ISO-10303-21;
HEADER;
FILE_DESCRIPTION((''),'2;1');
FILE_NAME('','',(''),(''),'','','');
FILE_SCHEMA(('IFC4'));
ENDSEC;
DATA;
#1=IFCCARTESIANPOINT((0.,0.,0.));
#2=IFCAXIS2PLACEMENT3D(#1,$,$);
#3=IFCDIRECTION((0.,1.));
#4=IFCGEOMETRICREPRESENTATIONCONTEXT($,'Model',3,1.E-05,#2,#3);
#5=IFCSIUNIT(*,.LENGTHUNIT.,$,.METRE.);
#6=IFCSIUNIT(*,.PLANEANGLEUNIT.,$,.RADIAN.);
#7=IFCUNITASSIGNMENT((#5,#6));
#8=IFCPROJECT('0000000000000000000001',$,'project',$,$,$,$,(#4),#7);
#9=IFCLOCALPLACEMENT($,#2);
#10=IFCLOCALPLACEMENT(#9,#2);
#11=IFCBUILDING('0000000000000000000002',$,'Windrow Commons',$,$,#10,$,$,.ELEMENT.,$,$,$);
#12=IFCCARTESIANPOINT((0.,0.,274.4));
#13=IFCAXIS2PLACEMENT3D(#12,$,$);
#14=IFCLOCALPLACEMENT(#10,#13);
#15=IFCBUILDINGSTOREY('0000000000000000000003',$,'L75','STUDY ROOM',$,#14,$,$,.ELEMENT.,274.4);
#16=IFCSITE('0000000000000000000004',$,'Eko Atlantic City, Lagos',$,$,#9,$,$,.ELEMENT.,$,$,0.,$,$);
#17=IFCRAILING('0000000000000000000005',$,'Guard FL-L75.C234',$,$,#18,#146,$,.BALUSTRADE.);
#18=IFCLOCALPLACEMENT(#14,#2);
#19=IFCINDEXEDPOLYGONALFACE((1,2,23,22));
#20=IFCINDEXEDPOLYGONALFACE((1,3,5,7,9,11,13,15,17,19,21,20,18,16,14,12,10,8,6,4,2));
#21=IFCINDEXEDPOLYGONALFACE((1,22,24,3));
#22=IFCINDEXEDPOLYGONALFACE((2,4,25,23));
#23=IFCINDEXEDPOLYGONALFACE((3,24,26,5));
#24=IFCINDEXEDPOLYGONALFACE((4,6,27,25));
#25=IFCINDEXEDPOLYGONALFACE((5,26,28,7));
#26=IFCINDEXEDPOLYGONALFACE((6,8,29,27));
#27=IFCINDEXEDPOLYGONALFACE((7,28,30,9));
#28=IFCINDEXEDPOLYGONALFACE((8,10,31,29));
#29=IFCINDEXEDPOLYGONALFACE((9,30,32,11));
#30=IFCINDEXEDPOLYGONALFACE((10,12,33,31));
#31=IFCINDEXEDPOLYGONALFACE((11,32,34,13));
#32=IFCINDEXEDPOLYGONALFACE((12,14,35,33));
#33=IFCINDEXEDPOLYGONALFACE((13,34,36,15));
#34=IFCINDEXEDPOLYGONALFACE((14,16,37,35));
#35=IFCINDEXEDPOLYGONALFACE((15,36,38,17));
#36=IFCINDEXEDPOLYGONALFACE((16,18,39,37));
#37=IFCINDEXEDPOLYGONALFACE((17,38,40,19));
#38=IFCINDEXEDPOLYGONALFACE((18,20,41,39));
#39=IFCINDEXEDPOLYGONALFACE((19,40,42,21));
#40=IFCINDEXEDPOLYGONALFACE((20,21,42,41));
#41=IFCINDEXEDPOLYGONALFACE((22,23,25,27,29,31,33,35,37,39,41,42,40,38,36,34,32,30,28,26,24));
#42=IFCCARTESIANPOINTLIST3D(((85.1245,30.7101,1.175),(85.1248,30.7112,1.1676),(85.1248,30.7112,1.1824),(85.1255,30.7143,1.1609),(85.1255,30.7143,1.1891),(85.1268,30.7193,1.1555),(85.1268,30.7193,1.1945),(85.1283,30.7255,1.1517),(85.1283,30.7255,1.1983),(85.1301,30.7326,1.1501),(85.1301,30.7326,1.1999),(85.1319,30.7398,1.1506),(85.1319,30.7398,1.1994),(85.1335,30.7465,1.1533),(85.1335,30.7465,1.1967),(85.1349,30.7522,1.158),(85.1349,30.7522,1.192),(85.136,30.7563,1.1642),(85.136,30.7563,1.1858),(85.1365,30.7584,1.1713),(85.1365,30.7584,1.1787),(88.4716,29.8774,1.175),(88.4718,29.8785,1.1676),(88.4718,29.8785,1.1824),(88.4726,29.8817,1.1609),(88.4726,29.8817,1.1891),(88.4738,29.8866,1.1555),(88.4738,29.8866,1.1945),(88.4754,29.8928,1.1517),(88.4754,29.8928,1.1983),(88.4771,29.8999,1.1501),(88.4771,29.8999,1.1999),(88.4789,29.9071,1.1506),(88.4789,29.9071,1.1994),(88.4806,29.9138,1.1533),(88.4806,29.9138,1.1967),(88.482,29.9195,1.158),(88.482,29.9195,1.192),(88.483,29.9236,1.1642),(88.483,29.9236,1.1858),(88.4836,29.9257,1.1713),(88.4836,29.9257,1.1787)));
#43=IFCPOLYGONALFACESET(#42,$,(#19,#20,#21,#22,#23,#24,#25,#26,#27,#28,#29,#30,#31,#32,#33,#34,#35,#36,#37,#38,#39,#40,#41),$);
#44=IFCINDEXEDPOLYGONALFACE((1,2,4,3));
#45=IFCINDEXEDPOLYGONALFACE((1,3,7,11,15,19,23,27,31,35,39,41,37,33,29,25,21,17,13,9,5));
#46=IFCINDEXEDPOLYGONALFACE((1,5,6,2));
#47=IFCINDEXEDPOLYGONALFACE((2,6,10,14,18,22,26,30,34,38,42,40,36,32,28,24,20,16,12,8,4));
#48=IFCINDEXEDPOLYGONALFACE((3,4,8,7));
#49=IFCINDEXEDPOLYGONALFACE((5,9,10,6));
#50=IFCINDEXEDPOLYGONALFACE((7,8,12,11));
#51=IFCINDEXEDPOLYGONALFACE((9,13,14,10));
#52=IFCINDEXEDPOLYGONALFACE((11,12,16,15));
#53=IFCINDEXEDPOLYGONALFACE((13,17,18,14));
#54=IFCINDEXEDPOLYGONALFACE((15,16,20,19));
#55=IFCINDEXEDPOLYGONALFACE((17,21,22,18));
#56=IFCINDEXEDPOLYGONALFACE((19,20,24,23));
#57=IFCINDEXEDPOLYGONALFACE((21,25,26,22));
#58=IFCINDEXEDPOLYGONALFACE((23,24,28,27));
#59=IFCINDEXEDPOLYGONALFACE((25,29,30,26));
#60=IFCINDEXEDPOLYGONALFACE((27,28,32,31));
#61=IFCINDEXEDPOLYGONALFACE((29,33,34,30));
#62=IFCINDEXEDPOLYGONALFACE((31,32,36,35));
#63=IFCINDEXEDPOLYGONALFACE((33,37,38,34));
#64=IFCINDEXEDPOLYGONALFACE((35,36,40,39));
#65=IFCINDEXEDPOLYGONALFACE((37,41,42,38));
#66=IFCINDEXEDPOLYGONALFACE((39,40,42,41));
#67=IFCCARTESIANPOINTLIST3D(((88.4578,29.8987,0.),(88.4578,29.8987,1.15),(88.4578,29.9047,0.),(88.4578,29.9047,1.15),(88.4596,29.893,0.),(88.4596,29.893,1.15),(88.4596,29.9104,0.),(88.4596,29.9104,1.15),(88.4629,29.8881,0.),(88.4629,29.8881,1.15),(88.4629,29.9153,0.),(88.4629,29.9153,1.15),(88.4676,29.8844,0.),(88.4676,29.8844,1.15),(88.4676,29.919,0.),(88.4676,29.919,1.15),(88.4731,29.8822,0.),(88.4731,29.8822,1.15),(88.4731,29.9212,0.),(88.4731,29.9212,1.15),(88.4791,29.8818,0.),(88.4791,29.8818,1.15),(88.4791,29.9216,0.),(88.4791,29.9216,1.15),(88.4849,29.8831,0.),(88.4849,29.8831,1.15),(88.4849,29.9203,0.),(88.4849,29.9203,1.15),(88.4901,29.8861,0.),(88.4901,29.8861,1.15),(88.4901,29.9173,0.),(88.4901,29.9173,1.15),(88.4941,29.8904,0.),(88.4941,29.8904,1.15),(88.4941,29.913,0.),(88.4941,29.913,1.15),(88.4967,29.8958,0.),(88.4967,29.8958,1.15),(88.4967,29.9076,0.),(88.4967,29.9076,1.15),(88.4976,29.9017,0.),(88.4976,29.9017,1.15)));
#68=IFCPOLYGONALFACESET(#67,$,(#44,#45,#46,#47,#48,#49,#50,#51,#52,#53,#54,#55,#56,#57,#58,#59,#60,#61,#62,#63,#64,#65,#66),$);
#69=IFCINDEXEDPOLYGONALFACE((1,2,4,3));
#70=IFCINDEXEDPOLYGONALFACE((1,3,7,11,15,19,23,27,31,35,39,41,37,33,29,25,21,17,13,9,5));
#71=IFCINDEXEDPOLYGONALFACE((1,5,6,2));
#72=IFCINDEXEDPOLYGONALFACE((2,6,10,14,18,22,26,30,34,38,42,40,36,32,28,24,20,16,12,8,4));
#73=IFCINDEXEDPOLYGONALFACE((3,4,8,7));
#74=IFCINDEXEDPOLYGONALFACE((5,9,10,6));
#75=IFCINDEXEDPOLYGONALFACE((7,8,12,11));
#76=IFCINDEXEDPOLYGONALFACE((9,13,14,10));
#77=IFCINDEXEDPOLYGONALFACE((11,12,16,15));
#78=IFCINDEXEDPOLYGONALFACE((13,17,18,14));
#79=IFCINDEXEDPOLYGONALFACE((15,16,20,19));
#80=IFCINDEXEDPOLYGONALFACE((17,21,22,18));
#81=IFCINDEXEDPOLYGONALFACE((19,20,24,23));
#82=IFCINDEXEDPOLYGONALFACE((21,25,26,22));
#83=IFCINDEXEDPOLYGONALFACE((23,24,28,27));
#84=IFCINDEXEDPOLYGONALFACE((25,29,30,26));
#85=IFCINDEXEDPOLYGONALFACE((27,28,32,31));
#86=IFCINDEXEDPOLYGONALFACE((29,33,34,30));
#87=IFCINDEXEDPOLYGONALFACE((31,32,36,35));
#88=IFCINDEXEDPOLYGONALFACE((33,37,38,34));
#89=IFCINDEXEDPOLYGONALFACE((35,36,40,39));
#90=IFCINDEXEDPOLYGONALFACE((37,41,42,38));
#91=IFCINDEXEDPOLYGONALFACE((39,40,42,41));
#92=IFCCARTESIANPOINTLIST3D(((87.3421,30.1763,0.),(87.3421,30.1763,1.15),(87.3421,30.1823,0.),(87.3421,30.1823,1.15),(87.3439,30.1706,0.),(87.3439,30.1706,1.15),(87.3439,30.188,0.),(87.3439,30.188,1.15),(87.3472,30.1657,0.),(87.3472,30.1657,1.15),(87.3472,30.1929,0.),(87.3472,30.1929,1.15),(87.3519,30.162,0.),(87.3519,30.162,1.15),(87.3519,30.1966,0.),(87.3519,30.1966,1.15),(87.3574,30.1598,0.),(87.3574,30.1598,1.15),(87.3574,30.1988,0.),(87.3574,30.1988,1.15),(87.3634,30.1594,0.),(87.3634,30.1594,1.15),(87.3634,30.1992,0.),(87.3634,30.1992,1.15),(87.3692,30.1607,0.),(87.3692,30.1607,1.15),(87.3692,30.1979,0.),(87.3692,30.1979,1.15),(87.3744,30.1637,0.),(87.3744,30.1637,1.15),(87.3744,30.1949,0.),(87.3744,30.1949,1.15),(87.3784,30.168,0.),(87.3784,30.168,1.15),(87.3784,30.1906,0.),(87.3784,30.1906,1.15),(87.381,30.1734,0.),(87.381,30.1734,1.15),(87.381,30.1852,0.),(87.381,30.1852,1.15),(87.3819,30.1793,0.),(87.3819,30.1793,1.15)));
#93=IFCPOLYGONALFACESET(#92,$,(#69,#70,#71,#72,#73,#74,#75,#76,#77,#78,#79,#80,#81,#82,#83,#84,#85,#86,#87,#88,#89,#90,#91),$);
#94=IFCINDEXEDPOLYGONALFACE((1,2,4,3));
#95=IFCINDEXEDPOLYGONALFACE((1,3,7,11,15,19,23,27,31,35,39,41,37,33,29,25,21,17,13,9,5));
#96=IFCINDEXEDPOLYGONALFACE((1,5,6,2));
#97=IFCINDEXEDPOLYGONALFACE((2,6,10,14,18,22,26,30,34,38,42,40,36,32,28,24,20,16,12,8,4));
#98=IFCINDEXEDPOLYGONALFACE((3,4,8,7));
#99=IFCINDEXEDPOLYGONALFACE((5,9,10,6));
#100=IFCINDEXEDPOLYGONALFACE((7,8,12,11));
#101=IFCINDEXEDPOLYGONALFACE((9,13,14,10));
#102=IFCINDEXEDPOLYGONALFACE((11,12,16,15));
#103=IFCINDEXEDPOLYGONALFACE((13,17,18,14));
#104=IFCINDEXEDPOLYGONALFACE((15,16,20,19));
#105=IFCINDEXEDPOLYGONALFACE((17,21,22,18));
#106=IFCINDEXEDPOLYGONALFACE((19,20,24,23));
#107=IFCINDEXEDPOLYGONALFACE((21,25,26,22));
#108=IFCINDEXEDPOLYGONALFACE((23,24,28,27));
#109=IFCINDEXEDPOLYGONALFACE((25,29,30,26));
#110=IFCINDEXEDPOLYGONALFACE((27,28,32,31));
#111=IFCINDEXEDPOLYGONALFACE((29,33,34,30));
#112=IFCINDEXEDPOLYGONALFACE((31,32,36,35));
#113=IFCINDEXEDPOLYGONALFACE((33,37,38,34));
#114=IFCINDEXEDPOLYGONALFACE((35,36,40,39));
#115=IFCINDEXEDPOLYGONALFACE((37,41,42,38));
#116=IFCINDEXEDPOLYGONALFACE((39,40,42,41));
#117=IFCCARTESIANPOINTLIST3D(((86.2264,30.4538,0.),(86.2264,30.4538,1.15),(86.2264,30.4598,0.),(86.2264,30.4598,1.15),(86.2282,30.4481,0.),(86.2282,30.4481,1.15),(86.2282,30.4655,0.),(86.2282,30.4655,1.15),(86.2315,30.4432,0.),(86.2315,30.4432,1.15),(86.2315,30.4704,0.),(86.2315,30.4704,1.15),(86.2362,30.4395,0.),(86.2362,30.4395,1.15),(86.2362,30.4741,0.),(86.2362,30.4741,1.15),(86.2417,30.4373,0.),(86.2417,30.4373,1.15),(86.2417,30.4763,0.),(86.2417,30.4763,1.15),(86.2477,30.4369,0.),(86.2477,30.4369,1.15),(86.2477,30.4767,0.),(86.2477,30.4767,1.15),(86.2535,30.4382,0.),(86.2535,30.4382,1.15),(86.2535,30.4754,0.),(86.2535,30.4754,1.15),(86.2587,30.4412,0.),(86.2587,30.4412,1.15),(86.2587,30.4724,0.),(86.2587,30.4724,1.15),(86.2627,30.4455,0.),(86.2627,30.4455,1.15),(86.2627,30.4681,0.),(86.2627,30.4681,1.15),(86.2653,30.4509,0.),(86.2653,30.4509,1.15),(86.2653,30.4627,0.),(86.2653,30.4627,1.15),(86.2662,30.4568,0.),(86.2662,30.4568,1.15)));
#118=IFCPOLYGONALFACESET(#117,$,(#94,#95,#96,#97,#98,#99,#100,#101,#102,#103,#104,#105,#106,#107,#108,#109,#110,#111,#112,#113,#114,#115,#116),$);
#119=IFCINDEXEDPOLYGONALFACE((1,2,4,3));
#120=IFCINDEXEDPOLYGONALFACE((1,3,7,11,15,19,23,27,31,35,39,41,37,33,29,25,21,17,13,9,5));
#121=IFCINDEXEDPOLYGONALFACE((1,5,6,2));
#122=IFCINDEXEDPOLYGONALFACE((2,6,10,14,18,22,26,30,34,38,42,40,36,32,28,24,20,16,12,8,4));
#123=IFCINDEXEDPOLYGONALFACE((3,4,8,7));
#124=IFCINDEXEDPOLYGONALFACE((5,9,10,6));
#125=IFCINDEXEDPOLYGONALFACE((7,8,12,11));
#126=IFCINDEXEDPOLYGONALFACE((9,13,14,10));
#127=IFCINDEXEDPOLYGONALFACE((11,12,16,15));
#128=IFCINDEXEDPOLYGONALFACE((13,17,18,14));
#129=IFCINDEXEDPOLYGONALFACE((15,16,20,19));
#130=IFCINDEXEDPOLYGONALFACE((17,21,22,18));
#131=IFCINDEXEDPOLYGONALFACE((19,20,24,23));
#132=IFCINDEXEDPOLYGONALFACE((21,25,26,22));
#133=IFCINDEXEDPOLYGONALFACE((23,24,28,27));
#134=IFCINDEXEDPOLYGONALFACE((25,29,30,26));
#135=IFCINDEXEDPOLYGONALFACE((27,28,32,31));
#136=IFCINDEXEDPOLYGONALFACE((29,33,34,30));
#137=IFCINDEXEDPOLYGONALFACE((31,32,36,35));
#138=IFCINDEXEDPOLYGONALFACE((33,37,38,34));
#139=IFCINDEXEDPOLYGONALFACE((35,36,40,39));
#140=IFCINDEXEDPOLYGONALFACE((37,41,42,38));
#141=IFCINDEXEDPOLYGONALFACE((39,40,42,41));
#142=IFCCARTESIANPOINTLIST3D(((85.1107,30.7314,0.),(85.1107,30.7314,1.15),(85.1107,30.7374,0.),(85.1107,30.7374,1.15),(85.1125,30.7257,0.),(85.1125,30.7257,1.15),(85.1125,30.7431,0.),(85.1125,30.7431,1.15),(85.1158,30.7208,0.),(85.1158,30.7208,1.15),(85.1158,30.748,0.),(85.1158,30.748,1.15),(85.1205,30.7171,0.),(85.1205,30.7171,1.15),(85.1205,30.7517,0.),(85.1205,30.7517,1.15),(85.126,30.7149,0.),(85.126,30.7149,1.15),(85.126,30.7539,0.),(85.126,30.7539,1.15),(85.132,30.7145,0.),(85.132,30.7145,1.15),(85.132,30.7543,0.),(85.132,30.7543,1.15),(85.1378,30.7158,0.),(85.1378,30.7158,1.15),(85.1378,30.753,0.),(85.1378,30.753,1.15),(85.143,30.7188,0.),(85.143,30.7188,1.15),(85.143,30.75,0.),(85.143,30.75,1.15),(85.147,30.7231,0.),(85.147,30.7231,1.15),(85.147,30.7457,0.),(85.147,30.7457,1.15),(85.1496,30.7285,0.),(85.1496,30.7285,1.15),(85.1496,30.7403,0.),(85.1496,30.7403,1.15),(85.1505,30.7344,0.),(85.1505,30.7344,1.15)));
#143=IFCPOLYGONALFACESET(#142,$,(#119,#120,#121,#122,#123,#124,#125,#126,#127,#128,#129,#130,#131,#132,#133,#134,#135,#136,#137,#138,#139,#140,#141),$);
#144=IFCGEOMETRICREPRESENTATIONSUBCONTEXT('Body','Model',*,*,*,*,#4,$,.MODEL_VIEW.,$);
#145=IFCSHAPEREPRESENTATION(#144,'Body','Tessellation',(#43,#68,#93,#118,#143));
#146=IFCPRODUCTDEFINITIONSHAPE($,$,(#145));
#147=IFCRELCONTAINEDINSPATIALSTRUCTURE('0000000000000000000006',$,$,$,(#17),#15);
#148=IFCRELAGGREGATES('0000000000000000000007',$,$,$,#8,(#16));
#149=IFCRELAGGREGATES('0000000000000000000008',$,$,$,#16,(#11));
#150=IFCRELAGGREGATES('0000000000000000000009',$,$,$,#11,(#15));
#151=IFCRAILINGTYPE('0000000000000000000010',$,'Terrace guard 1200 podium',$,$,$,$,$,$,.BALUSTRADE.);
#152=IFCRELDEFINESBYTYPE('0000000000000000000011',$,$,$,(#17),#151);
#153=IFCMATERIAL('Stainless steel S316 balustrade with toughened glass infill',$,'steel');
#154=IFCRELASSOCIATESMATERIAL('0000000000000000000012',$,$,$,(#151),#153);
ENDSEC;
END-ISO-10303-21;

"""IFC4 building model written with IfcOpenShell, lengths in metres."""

from ifc_helpers import new_model, si_unit, direction, frame, origin, origin_2d, place, context, subcontext, project, spatial, circle, extrude, material, type_object, element, save


model = new_model("IFC4")

# Units and contexts
model_context = context("Model", 3, precision=1e-05, world=origin(), true_north=direction((0.0, 1.0)))
body_context = subcontext(model_context, "Body", "Model", "MODEL_VIEW")
ifc_project = project(units=[si_unit("LENGTHUNIT", "METRE"), si_unit("PLANEANGLEUNIT", "RADIAN")], contexts=[model_context])

# Site, building, storey
site_placement = place(None, origin())
site = spatial("IfcSite", under=ifc_project, at=site_placement, Name="Eko Atlantic City, Lagos", CompositionType="ELEMENT", RefElevation=0.0)
building_placement = place(site_placement, origin())
building = spatial("IfcBuilding", under=site, at=building_placement, Name="Windrow Commons", CompositionType="ELEMENT")
storey_placement = place(building_placement, frame((0.0, 0.0, 274.4)))
storey = spatial("IfcBuildingStorey", under=building, at=storey_placement, Name="L75", Description="STUDY ROOM", CompositionType="ELEMENT", Elevation=274.4)

# Railing
ifc_material_1 = material(Name="Stainless steel S316 balustrade with toughened glass infill", Category="steel")
railing_type = type_object("IfcRailingType", Name="Terrace guard 1200 podium", PredefinedType="BALUSTRADE", material=ifc_material_1)
railing_placement = place(storey_placement, frame((88.4776, 29.9017, 0.0)))
element("IfcRailing", 1, at=railing_placement, inside=storey, type_object=railing_type, Name="Guard FL-L75.C234", PredefinedType="BALUSTRADE", context=body_context, shape_type="SweptSolid", body=[
    extrude(circle(Radius=0.025, at=origin_2d()), frame((0.0, 0.0, 1.175), z_axis=(-0.97042, 0.241424, 0.0), x_axis=(-0.241424, -0.97042, 0.0)), (0.0, 0.0, 1.0), 3.4491),
    extrude(circle(Radius=0.02, at=origin_2d()), origin(), (0.0, 0.0, 1.0), 1.15),
    extrude(circle(Radius=0.02, at=origin_2d()), frame((-1.1157, 0.2776, 0.0)), (0.0, 0.0, 1.0), 1.15),
    extrude(circle(Radius=0.02, at=origin_2d()), frame((-2.2314, 0.5551, 0.0)), (0.0, 0.0, 1.0), 1.15),
    extrude(circle(Radius=0.02, at=origin_2d()), frame((-3.3471, 0.8327, 0.0)), (0.0, 0.0, 1.0), 1.15),
])

save(model, "model.ifc")
